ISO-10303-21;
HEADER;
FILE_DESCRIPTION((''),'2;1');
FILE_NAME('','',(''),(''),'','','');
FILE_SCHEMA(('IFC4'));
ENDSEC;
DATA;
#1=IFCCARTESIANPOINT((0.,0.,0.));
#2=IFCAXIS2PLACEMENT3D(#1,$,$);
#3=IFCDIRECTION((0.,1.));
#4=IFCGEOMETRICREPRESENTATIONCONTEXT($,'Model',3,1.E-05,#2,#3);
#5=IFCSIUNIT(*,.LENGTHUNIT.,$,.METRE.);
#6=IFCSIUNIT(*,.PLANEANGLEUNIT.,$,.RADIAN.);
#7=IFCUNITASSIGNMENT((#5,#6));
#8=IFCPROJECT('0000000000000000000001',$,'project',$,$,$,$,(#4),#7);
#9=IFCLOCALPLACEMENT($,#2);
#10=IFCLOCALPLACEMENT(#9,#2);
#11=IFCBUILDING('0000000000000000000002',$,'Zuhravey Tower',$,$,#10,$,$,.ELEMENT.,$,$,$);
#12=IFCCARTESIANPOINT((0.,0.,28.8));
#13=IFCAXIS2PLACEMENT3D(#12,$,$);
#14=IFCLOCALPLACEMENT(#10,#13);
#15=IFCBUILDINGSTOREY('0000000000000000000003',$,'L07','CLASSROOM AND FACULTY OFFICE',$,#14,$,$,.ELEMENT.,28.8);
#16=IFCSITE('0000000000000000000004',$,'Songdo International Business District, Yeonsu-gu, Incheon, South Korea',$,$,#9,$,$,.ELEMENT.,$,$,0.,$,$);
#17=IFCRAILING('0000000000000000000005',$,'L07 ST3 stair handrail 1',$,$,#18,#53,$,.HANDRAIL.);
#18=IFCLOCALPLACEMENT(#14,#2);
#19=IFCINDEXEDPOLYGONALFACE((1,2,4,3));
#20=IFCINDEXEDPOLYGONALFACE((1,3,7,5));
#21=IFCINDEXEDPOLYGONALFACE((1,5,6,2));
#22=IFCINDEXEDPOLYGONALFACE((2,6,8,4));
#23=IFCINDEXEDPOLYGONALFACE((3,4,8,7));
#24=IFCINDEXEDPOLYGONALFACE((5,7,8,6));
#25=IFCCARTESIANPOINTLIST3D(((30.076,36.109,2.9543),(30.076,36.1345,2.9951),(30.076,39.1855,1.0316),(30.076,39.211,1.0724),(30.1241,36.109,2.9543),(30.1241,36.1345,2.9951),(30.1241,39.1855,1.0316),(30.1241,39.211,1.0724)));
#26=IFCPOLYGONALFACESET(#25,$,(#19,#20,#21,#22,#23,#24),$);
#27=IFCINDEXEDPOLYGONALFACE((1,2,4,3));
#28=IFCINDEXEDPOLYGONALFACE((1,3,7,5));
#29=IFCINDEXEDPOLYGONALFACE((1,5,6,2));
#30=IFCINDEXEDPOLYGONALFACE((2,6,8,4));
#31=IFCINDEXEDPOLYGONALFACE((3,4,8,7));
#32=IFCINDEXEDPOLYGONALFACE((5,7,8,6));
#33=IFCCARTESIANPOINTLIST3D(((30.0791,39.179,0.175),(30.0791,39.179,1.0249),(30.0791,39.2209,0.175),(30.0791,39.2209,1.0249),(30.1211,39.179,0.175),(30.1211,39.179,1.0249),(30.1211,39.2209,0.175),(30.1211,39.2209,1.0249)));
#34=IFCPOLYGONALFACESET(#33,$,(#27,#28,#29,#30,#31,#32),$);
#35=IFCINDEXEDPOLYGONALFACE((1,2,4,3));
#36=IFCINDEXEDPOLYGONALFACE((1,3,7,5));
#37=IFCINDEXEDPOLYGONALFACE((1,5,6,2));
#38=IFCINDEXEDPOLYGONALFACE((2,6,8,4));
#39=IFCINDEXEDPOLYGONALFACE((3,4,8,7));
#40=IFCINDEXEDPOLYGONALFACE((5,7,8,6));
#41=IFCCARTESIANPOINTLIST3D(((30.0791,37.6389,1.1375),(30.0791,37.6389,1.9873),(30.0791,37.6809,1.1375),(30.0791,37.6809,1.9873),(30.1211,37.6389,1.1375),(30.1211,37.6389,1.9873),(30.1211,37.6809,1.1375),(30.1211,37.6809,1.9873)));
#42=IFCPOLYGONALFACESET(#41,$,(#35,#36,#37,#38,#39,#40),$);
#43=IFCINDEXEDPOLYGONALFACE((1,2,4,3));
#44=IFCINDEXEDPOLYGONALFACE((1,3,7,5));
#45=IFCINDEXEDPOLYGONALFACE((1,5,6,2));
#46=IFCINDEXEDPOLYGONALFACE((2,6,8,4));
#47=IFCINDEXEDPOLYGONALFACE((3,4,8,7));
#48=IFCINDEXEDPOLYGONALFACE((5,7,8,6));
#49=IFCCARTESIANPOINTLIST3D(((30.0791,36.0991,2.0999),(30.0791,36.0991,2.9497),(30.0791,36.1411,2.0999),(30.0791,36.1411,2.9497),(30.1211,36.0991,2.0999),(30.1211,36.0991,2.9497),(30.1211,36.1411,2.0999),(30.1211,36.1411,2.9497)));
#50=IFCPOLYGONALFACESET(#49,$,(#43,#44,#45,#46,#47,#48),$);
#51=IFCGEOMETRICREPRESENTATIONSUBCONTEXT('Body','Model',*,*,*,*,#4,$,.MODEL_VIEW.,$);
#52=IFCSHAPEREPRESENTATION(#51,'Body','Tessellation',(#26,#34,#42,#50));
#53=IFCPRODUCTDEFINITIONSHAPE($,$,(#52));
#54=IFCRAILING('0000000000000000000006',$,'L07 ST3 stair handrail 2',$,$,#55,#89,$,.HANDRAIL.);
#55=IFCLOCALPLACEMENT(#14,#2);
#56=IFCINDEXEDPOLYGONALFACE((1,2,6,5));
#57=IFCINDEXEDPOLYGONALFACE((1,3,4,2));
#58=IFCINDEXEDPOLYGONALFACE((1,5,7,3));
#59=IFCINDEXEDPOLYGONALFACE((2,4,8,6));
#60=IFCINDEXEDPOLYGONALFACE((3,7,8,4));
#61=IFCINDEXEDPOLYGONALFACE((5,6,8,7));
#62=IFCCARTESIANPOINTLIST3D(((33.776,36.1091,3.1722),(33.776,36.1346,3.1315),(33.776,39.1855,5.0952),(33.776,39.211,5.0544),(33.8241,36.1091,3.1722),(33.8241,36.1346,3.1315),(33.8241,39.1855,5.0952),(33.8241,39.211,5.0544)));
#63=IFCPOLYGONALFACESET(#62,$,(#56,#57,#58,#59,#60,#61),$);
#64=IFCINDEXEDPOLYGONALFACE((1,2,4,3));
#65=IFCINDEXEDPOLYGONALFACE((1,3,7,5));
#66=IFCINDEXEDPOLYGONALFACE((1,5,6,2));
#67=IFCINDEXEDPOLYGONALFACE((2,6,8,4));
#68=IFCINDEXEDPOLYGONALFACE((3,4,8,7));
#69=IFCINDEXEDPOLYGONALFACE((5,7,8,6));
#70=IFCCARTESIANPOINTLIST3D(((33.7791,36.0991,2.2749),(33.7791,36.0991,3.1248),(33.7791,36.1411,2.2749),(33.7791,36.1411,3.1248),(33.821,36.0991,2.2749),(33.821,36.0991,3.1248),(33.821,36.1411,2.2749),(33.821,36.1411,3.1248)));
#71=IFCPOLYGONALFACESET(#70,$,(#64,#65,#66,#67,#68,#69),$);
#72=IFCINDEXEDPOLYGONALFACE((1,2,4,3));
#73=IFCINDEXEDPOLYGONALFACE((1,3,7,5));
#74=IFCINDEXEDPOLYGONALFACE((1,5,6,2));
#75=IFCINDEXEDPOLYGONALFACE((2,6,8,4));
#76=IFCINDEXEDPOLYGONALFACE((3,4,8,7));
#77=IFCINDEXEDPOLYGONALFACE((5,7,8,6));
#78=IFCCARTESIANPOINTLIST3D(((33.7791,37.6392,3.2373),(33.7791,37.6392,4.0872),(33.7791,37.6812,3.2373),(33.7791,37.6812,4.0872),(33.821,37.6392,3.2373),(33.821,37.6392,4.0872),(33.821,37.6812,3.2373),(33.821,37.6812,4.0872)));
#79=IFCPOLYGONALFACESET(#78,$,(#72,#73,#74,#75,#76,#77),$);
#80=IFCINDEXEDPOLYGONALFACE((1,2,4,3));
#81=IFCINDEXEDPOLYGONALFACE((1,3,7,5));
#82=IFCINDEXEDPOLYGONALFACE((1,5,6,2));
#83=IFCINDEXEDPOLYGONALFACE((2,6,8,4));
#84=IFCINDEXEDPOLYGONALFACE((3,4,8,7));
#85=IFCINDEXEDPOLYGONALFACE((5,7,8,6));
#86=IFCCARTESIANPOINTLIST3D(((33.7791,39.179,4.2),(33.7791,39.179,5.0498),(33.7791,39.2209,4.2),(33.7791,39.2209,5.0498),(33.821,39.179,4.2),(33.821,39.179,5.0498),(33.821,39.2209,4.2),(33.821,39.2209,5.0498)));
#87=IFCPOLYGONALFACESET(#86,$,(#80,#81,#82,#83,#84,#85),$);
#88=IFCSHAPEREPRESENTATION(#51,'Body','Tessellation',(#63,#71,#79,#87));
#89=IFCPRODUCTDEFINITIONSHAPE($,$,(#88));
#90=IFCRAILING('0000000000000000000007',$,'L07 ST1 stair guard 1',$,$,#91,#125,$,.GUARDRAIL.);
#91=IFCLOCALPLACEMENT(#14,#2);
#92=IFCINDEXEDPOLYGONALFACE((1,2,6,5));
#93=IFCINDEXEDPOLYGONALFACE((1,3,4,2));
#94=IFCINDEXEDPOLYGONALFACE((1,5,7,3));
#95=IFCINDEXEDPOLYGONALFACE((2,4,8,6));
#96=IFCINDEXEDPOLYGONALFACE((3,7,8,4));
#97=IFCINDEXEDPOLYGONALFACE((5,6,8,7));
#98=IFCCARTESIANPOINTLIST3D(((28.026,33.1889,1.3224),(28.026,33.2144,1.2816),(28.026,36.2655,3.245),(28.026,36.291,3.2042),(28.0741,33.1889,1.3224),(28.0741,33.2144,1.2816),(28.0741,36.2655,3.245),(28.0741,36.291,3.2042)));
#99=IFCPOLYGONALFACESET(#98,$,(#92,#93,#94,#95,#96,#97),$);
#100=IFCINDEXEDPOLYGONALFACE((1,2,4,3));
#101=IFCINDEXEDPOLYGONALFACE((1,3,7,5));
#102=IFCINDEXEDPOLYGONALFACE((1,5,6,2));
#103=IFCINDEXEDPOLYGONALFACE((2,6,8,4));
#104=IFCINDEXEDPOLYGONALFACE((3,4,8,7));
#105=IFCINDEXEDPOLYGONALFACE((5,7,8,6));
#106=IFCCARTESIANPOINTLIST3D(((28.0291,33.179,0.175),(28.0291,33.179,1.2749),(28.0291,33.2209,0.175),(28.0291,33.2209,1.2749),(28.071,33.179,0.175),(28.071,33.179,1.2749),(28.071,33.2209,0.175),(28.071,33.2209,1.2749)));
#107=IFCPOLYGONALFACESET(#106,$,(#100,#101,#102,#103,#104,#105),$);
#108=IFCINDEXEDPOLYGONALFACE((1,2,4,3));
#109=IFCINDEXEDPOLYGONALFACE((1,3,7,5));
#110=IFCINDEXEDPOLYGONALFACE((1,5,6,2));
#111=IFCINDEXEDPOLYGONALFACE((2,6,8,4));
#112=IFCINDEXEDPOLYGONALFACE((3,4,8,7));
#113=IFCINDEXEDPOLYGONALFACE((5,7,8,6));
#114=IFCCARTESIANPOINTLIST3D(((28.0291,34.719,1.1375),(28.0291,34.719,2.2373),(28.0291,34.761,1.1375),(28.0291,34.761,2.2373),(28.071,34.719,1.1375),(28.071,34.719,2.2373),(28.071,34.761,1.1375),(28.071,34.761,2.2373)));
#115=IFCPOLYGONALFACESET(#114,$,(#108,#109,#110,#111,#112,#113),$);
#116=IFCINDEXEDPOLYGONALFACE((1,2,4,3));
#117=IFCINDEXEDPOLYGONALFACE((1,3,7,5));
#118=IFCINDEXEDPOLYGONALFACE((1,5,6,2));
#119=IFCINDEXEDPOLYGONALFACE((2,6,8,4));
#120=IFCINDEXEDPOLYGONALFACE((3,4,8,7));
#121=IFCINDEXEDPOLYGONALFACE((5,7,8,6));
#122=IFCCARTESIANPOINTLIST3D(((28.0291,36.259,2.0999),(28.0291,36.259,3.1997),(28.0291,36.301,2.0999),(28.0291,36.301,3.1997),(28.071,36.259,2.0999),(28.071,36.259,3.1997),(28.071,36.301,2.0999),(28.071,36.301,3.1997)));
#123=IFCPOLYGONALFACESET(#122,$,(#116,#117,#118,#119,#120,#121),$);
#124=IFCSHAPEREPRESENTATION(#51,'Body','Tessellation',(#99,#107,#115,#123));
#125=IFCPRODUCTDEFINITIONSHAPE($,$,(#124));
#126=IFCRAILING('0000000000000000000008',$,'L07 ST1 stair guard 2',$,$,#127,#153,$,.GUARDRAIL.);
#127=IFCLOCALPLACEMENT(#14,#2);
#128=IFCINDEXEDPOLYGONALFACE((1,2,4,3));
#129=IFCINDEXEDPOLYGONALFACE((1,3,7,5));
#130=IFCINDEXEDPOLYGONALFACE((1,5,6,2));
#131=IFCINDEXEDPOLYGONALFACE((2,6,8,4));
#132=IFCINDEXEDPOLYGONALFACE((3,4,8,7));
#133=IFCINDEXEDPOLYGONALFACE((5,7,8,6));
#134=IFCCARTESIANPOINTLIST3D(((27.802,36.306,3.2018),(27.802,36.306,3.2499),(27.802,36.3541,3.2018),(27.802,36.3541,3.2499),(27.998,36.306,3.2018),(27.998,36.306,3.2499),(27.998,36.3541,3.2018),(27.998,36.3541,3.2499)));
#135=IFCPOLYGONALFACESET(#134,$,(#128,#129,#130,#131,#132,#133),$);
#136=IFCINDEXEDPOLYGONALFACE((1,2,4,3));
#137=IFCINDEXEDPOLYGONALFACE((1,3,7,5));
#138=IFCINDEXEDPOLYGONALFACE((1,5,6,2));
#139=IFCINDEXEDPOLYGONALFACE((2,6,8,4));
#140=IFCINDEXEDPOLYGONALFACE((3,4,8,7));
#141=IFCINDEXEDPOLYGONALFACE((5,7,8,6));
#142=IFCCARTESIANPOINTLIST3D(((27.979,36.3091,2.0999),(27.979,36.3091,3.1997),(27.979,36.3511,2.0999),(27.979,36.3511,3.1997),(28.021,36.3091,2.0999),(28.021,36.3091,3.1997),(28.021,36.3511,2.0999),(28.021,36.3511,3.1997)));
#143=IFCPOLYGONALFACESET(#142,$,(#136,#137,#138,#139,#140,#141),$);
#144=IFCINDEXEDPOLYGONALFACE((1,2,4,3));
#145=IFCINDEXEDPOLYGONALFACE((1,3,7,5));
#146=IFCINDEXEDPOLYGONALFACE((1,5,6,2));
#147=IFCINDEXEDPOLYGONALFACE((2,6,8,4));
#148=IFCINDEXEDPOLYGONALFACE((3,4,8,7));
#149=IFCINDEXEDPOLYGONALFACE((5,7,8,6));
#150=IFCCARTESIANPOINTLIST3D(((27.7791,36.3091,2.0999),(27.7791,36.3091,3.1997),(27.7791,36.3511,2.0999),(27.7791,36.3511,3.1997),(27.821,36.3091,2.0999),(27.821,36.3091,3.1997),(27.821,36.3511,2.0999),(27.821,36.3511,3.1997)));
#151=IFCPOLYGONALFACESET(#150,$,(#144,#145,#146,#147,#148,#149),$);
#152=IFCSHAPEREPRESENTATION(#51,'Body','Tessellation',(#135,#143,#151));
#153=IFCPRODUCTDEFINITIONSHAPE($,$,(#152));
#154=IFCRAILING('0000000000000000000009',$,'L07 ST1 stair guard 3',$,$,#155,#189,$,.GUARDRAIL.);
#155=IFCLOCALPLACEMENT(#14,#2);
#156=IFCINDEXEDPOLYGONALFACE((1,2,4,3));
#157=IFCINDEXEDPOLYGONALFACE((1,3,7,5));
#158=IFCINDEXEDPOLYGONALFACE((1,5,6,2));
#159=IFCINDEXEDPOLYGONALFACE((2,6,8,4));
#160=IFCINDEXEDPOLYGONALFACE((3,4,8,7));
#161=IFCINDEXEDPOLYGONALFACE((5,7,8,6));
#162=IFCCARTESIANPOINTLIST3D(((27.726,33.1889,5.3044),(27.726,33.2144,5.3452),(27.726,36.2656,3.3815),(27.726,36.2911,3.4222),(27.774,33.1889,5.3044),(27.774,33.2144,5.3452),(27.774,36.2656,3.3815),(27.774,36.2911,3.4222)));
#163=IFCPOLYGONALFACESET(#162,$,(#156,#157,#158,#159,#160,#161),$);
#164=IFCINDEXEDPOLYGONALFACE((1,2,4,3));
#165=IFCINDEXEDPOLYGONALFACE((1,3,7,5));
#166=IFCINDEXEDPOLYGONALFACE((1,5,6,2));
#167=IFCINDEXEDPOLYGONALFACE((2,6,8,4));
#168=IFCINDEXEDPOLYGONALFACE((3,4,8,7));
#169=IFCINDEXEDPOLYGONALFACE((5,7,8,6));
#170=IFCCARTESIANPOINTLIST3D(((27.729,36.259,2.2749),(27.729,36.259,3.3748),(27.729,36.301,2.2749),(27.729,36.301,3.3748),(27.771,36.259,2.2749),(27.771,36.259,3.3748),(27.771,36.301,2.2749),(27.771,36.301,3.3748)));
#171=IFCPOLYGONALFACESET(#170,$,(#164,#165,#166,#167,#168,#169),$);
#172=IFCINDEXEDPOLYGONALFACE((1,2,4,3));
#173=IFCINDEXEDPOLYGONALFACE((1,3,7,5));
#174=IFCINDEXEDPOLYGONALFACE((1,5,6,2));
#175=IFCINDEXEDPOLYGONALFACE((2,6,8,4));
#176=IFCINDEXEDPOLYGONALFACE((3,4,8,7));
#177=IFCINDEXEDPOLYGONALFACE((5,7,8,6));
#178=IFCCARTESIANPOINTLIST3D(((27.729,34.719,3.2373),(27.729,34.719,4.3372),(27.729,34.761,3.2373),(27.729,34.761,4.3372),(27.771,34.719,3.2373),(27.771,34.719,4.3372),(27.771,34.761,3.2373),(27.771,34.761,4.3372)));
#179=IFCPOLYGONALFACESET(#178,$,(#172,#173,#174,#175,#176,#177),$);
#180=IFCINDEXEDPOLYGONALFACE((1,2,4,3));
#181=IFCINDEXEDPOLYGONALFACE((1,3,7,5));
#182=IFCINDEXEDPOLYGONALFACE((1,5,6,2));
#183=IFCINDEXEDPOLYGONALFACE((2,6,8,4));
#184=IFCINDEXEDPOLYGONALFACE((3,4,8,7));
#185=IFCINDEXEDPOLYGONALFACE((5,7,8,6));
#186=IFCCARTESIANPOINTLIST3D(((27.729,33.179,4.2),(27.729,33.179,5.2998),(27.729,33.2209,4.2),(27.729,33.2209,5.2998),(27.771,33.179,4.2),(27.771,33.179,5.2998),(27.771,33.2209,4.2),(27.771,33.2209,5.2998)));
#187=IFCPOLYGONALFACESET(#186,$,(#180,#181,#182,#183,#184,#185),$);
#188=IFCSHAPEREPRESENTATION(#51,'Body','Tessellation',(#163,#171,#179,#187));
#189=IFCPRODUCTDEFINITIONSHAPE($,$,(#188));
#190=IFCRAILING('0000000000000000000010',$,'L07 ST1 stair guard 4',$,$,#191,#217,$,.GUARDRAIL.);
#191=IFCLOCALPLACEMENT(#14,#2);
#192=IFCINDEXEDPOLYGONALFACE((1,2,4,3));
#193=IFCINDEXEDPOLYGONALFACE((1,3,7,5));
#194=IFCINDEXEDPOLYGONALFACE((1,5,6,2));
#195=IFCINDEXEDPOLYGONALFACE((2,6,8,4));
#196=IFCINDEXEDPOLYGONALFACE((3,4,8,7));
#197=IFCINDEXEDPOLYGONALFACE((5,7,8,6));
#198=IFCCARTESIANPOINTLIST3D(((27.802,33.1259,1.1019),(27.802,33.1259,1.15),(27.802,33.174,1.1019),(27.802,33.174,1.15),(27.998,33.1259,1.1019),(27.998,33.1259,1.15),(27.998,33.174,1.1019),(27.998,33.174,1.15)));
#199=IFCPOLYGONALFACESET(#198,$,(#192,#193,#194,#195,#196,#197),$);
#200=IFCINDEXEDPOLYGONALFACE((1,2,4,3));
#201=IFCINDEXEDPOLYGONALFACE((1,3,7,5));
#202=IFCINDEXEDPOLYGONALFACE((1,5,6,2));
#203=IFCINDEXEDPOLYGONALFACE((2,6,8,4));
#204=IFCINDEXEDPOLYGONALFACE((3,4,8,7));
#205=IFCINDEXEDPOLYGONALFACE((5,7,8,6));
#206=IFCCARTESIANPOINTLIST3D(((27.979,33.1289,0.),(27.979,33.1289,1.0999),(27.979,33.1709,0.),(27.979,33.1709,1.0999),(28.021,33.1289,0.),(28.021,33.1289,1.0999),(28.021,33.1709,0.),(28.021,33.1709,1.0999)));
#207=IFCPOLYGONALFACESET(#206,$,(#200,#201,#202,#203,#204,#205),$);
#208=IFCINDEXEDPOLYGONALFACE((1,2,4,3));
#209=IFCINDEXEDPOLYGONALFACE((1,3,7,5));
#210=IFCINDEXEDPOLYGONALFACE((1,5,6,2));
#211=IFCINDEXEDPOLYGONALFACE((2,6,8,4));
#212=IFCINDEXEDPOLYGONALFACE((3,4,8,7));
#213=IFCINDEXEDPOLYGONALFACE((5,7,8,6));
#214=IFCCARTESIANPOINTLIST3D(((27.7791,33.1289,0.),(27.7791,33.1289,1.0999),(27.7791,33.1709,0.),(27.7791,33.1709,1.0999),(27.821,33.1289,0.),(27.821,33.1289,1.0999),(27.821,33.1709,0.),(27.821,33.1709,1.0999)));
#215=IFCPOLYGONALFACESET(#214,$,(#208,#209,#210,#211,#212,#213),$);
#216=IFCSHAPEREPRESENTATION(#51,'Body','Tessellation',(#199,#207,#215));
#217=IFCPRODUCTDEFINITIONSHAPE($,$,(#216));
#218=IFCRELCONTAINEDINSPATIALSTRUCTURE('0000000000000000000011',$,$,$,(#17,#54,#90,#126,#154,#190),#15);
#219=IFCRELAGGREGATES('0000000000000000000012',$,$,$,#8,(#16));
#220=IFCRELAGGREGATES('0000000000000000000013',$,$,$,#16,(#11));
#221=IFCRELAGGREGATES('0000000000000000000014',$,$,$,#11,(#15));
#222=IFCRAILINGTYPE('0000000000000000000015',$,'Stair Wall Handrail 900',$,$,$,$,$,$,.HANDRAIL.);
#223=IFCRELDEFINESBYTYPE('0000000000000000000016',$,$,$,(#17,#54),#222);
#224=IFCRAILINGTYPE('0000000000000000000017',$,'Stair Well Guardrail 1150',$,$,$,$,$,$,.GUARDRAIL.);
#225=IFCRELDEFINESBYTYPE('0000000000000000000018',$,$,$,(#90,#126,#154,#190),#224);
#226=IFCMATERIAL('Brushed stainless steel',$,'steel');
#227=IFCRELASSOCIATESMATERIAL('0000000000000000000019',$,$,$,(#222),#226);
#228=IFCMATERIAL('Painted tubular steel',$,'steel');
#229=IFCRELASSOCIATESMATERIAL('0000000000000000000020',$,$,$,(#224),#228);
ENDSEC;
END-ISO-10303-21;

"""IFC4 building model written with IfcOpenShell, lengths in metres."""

from ifc_helpers import new_model, si_unit, direction, frame, origin, origin_2d, place, context, subcontext, project, spatial, rectangle, extrude, material, type_object, element, save


model = new_model("IFC4")

# Units and contexts
model_context = context("Model", 3, precision=1e-05, world=origin(), true_north=direction((0.0, 1.0)))
body_context = subcontext(model_context, "Body", "Model", "MODEL_VIEW")
ifc_project = project(units=[si_unit("LENGTHUNIT", "METRE"), si_unit("PLANEANGLEUNIT", "RADIAN")], contexts=[model_context])

# Site, building, storey
site_placement = place(None, origin())
site = spatial("IfcSite", under=ifc_project, at=site_placement, Name="Songdo International Business District, Yeonsu-gu, Incheon, South Korea", CompositionType="ELEMENT", RefElevation=0.0)
building_placement = place(site_placement, origin())
building = spatial("IfcBuilding", under=site, at=building_placement, Name="Zuhravey Tower", CompositionType="ELEMENT")
storey_placement = place(building_placement, frame((0.0, 0.0, 28.8)))
storey = spatial("IfcBuildingStorey", under=building, at=storey_placement, Name="L07", Description="CLASSROOM AND FACULTY OFFICE", CompositionType="ELEMENT", Elevation=28.8)

# Railings
ifc_material_1 = material(Name="Brushed stainless steel", Category="steel")
railing_type_1 = type_object("IfcRailingType", Name="Stair Wall Handrail 900", PredefinedType="HANDRAIL", material=ifc_material_1)
railing_1_placement = place(storey_placement, frame((30.1001, 39.2, 0.175)))
element("IfcRailing", 1, at=railing_1_placement, inside=storey, type_object=railing_type_1, Name="L07 ST3 stair handrail 1", PredefinedType="HANDRAIL", context=body_context, shape_type="SweptSolid", body=[
    extrude(rectangle(XDim=0.0481, YDim=0.0481, at=origin_2d()), frame((0.0, -0.0017, 0.877), z_axis=(0.0, -0.84801, 0.529981), x_axis=(1.0, 0.0, 0.0)), (0.0, 0.0, 1.0), 3.6279),
    extrude(rectangle(XDim=0.042, YDim=0.042, at=origin_2d()), origin(), (0.0, 0.0, 1.0), 0.8499),
    extrude(rectangle(XDim=0.042, YDim=0.042, at=origin_2d()), frame((0.0, -1.54, 0.9624)), (0.0, 0.0, 1.0), 0.8499),
    extrude(rectangle(XDim=0.042, YDim=0.042, at=origin_2d()), frame((0.0, -3.0798, 1.9248)), (0.0, 0.0, 1.0), 0.8499),
])
railing_2_placement = place(storey_placement, frame((33.8, 36.1201, 2.2749)))
element("IfcRailing", 2, at=railing_2_placement, inside=storey, type_object=railing_type_1, Name="L07 ST3 stair handrail 2", PredefinedType="HANDRAIL", context=body_context, shape_type="SweptSolid", body=[
    extrude(rectangle(XDim=0.0481, YDim=0.0481, at=origin_2d()), frame((0.0, 0.0017, 0.877), z_axis=(0.0, 0.847979, 0.530029), x_axis=(-1.0, 0.0, 0.0)), (0.0, 0.0, 1.0), 3.6279),
    extrude(rectangle(XDim=0.042, YDim=0.042, at=origin_2d()), origin(), (0.0, 0.0, 1.0), 0.8499),
    extrude(rectangle(XDim=0.042, YDim=0.042, at=origin_2d()), frame((0.0, 1.54, 0.9624)), (0.0, 0.0, 1.0), 0.8499),
    extrude(rectangle(XDim=0.042, YDim=0.042, at=origin_2d()), frame((0.0, 3.0798, 1.925)), (0.0, 0.0, 1.0), 0.8499),
])
ifc_material_2 = material(Name="Painted tubular steel", Category="steel")
railing_type_2 = type_object("IfcRailingType", Name="Stair Well Guardrail 1150", PredefinedType="GUARDRAIL", material=ifc_material_2)
railing_3_placement = place(storey_placement, frame((28.05, 33.2, 0.175)))
element("IfcRailing", 3, at=railing_3_placement, inside=storey, type_object=railing_type_2, Name="L07 ST1 stair guard 1", PredefinedType="GUARDRAIL", context=body_context, shape_type="SweptSolid", body=[
    extrude(rectangle(XDim=0.0481, YDim=0.0481, at=origin_2d()), frame((0.0, 0.0017, 1.127), z_axis=(0.0, 0.848029, 0.529951), x_axis=(-1.0, 0.0, 0.0)), (0.0, 0.0, 1.0), 3.6279),
    extrude(rectangle(XDim=0.042, YDim=0.042, at=origin_2d()), origin(), (0.0, 0.0, 1.0), 1.0999),
    extrude(rectangle(XDim=0.042, YDim=0.042, at=origin_2d()), frame((0.0, 1.54, 0.9624)), (0.0, 0.0, 1.0), 1.0999),
    extrude(rectangle(XDim=0.042, YDim=0.042, at=origin_2d()), frame((0.0, 3.0801, 1.9248)), (0.0, 0.0, 1.0), 1.0999),
])
railing_4_placement = place(storey_placement, frame((28.0, 36.3301, 2.0999)))
element("IfcRailing", 4, at=railing_4_placement, inside=storey, type_object=railing_type_2, Name="L07 ST1 stair guard 2", PredefinedType="GUARDRAIL", context=body_context, shape_type="SweptSolid", body=[
    extrude(rectangle(XDim=0.0481, YDim=0.0481, at=origin_2d()), frame((-0.002, 0.0, 1.126), z_axis=(-1.0, 0.0, 0.0), x_axis=(0.0, -1.0, 0.0)), (0.0, 0.0, 1.0), 0.196),
    extrude(rectangle(XDim=0.042, YDim=0.042, at=origin_2d()), origin(), (0.0, 0.0, 1.0), 1.0999),
    extrude(rectangle(XDim=0.042, YDim=0.042, at=origin_2d()), frame((-0.2, 0.0, 0.0)), (0.0, 0.0, 1.0), 1.0999),
])
railing_5_placement = place(storey_placement, frame((27.75, 36.28, 2.2749)))
element("IfcRailing", 5, at=railing_5_placement, inside=storey, type_object=railing_type_2, Name="L07 ST1 stair guard 3", PredefinedType="GUARDRAIL", context=body_context, shape_type="SweptSolid", body=[
    extrude(rectangle(XDim=0.0481, YDim=0.0481, at=origin_2d()), frame((0.0, -0.0017, 1.127), z_axis=(0.0, -0.847998, 0.529999), x_axis=(1.0, 0.0, 0.0)), (0.0, 0.0, 1.0), 3.6282),
    extrude(rectangle(XDim=0.042, YDim=0.042, at=origin_2d()), origin(), (0.0, 0.0, 1.0), 1.0999),
    extrude(rectangle(XDim=0.042, YDim=0.042, at=origin_2d()), frame((0.0, -1.54, 0.9624)), (0.0, 0.0, 1.0), 1.0999),
    extrude(rectangle(XDim=0.042, YDim=0.042, at=origin_2d()), frame((0.0, -3.0801, 1.925)), (0.0, 0.0, 1.0), 1.0999),
])
railing_6_placement = place(storey_placement, frame((28.0, 33.1499, 0.0)))
element("IfcRailing", 6, at=railing_6_placement, inside=storey, type_object=railing_type_2, Name="L07 ST1 stair guard 4", PredefinedType="GUARDRAIL", context=body_context, shape_type="SweptSolid", body=[
    extrude(rectangle(XDim=0.0481, YDim=0.0481, at=origin_2d()), frame((-0.002, 0.0, 1.126), z_axis=(-1.0, 0.0, 0.0), x_axis=(0.0, -1.0, 0.0)), (0.0, 0.0, 1.0), 0.196),
    extrude(rectangle(XDim=0.042, YDim=0.042, at=origin_2d()), origin(), (0.0, 0.0, 1.0), 1.0999),
    extrude(rectangle(XDim=0.042, YDim=0.042, at=origin_2d()), frame((-0.2, 0.0, 0.0)), (0.0, 0.0, 1.0), 1.0999),
])

save(model, "model.ifc")
